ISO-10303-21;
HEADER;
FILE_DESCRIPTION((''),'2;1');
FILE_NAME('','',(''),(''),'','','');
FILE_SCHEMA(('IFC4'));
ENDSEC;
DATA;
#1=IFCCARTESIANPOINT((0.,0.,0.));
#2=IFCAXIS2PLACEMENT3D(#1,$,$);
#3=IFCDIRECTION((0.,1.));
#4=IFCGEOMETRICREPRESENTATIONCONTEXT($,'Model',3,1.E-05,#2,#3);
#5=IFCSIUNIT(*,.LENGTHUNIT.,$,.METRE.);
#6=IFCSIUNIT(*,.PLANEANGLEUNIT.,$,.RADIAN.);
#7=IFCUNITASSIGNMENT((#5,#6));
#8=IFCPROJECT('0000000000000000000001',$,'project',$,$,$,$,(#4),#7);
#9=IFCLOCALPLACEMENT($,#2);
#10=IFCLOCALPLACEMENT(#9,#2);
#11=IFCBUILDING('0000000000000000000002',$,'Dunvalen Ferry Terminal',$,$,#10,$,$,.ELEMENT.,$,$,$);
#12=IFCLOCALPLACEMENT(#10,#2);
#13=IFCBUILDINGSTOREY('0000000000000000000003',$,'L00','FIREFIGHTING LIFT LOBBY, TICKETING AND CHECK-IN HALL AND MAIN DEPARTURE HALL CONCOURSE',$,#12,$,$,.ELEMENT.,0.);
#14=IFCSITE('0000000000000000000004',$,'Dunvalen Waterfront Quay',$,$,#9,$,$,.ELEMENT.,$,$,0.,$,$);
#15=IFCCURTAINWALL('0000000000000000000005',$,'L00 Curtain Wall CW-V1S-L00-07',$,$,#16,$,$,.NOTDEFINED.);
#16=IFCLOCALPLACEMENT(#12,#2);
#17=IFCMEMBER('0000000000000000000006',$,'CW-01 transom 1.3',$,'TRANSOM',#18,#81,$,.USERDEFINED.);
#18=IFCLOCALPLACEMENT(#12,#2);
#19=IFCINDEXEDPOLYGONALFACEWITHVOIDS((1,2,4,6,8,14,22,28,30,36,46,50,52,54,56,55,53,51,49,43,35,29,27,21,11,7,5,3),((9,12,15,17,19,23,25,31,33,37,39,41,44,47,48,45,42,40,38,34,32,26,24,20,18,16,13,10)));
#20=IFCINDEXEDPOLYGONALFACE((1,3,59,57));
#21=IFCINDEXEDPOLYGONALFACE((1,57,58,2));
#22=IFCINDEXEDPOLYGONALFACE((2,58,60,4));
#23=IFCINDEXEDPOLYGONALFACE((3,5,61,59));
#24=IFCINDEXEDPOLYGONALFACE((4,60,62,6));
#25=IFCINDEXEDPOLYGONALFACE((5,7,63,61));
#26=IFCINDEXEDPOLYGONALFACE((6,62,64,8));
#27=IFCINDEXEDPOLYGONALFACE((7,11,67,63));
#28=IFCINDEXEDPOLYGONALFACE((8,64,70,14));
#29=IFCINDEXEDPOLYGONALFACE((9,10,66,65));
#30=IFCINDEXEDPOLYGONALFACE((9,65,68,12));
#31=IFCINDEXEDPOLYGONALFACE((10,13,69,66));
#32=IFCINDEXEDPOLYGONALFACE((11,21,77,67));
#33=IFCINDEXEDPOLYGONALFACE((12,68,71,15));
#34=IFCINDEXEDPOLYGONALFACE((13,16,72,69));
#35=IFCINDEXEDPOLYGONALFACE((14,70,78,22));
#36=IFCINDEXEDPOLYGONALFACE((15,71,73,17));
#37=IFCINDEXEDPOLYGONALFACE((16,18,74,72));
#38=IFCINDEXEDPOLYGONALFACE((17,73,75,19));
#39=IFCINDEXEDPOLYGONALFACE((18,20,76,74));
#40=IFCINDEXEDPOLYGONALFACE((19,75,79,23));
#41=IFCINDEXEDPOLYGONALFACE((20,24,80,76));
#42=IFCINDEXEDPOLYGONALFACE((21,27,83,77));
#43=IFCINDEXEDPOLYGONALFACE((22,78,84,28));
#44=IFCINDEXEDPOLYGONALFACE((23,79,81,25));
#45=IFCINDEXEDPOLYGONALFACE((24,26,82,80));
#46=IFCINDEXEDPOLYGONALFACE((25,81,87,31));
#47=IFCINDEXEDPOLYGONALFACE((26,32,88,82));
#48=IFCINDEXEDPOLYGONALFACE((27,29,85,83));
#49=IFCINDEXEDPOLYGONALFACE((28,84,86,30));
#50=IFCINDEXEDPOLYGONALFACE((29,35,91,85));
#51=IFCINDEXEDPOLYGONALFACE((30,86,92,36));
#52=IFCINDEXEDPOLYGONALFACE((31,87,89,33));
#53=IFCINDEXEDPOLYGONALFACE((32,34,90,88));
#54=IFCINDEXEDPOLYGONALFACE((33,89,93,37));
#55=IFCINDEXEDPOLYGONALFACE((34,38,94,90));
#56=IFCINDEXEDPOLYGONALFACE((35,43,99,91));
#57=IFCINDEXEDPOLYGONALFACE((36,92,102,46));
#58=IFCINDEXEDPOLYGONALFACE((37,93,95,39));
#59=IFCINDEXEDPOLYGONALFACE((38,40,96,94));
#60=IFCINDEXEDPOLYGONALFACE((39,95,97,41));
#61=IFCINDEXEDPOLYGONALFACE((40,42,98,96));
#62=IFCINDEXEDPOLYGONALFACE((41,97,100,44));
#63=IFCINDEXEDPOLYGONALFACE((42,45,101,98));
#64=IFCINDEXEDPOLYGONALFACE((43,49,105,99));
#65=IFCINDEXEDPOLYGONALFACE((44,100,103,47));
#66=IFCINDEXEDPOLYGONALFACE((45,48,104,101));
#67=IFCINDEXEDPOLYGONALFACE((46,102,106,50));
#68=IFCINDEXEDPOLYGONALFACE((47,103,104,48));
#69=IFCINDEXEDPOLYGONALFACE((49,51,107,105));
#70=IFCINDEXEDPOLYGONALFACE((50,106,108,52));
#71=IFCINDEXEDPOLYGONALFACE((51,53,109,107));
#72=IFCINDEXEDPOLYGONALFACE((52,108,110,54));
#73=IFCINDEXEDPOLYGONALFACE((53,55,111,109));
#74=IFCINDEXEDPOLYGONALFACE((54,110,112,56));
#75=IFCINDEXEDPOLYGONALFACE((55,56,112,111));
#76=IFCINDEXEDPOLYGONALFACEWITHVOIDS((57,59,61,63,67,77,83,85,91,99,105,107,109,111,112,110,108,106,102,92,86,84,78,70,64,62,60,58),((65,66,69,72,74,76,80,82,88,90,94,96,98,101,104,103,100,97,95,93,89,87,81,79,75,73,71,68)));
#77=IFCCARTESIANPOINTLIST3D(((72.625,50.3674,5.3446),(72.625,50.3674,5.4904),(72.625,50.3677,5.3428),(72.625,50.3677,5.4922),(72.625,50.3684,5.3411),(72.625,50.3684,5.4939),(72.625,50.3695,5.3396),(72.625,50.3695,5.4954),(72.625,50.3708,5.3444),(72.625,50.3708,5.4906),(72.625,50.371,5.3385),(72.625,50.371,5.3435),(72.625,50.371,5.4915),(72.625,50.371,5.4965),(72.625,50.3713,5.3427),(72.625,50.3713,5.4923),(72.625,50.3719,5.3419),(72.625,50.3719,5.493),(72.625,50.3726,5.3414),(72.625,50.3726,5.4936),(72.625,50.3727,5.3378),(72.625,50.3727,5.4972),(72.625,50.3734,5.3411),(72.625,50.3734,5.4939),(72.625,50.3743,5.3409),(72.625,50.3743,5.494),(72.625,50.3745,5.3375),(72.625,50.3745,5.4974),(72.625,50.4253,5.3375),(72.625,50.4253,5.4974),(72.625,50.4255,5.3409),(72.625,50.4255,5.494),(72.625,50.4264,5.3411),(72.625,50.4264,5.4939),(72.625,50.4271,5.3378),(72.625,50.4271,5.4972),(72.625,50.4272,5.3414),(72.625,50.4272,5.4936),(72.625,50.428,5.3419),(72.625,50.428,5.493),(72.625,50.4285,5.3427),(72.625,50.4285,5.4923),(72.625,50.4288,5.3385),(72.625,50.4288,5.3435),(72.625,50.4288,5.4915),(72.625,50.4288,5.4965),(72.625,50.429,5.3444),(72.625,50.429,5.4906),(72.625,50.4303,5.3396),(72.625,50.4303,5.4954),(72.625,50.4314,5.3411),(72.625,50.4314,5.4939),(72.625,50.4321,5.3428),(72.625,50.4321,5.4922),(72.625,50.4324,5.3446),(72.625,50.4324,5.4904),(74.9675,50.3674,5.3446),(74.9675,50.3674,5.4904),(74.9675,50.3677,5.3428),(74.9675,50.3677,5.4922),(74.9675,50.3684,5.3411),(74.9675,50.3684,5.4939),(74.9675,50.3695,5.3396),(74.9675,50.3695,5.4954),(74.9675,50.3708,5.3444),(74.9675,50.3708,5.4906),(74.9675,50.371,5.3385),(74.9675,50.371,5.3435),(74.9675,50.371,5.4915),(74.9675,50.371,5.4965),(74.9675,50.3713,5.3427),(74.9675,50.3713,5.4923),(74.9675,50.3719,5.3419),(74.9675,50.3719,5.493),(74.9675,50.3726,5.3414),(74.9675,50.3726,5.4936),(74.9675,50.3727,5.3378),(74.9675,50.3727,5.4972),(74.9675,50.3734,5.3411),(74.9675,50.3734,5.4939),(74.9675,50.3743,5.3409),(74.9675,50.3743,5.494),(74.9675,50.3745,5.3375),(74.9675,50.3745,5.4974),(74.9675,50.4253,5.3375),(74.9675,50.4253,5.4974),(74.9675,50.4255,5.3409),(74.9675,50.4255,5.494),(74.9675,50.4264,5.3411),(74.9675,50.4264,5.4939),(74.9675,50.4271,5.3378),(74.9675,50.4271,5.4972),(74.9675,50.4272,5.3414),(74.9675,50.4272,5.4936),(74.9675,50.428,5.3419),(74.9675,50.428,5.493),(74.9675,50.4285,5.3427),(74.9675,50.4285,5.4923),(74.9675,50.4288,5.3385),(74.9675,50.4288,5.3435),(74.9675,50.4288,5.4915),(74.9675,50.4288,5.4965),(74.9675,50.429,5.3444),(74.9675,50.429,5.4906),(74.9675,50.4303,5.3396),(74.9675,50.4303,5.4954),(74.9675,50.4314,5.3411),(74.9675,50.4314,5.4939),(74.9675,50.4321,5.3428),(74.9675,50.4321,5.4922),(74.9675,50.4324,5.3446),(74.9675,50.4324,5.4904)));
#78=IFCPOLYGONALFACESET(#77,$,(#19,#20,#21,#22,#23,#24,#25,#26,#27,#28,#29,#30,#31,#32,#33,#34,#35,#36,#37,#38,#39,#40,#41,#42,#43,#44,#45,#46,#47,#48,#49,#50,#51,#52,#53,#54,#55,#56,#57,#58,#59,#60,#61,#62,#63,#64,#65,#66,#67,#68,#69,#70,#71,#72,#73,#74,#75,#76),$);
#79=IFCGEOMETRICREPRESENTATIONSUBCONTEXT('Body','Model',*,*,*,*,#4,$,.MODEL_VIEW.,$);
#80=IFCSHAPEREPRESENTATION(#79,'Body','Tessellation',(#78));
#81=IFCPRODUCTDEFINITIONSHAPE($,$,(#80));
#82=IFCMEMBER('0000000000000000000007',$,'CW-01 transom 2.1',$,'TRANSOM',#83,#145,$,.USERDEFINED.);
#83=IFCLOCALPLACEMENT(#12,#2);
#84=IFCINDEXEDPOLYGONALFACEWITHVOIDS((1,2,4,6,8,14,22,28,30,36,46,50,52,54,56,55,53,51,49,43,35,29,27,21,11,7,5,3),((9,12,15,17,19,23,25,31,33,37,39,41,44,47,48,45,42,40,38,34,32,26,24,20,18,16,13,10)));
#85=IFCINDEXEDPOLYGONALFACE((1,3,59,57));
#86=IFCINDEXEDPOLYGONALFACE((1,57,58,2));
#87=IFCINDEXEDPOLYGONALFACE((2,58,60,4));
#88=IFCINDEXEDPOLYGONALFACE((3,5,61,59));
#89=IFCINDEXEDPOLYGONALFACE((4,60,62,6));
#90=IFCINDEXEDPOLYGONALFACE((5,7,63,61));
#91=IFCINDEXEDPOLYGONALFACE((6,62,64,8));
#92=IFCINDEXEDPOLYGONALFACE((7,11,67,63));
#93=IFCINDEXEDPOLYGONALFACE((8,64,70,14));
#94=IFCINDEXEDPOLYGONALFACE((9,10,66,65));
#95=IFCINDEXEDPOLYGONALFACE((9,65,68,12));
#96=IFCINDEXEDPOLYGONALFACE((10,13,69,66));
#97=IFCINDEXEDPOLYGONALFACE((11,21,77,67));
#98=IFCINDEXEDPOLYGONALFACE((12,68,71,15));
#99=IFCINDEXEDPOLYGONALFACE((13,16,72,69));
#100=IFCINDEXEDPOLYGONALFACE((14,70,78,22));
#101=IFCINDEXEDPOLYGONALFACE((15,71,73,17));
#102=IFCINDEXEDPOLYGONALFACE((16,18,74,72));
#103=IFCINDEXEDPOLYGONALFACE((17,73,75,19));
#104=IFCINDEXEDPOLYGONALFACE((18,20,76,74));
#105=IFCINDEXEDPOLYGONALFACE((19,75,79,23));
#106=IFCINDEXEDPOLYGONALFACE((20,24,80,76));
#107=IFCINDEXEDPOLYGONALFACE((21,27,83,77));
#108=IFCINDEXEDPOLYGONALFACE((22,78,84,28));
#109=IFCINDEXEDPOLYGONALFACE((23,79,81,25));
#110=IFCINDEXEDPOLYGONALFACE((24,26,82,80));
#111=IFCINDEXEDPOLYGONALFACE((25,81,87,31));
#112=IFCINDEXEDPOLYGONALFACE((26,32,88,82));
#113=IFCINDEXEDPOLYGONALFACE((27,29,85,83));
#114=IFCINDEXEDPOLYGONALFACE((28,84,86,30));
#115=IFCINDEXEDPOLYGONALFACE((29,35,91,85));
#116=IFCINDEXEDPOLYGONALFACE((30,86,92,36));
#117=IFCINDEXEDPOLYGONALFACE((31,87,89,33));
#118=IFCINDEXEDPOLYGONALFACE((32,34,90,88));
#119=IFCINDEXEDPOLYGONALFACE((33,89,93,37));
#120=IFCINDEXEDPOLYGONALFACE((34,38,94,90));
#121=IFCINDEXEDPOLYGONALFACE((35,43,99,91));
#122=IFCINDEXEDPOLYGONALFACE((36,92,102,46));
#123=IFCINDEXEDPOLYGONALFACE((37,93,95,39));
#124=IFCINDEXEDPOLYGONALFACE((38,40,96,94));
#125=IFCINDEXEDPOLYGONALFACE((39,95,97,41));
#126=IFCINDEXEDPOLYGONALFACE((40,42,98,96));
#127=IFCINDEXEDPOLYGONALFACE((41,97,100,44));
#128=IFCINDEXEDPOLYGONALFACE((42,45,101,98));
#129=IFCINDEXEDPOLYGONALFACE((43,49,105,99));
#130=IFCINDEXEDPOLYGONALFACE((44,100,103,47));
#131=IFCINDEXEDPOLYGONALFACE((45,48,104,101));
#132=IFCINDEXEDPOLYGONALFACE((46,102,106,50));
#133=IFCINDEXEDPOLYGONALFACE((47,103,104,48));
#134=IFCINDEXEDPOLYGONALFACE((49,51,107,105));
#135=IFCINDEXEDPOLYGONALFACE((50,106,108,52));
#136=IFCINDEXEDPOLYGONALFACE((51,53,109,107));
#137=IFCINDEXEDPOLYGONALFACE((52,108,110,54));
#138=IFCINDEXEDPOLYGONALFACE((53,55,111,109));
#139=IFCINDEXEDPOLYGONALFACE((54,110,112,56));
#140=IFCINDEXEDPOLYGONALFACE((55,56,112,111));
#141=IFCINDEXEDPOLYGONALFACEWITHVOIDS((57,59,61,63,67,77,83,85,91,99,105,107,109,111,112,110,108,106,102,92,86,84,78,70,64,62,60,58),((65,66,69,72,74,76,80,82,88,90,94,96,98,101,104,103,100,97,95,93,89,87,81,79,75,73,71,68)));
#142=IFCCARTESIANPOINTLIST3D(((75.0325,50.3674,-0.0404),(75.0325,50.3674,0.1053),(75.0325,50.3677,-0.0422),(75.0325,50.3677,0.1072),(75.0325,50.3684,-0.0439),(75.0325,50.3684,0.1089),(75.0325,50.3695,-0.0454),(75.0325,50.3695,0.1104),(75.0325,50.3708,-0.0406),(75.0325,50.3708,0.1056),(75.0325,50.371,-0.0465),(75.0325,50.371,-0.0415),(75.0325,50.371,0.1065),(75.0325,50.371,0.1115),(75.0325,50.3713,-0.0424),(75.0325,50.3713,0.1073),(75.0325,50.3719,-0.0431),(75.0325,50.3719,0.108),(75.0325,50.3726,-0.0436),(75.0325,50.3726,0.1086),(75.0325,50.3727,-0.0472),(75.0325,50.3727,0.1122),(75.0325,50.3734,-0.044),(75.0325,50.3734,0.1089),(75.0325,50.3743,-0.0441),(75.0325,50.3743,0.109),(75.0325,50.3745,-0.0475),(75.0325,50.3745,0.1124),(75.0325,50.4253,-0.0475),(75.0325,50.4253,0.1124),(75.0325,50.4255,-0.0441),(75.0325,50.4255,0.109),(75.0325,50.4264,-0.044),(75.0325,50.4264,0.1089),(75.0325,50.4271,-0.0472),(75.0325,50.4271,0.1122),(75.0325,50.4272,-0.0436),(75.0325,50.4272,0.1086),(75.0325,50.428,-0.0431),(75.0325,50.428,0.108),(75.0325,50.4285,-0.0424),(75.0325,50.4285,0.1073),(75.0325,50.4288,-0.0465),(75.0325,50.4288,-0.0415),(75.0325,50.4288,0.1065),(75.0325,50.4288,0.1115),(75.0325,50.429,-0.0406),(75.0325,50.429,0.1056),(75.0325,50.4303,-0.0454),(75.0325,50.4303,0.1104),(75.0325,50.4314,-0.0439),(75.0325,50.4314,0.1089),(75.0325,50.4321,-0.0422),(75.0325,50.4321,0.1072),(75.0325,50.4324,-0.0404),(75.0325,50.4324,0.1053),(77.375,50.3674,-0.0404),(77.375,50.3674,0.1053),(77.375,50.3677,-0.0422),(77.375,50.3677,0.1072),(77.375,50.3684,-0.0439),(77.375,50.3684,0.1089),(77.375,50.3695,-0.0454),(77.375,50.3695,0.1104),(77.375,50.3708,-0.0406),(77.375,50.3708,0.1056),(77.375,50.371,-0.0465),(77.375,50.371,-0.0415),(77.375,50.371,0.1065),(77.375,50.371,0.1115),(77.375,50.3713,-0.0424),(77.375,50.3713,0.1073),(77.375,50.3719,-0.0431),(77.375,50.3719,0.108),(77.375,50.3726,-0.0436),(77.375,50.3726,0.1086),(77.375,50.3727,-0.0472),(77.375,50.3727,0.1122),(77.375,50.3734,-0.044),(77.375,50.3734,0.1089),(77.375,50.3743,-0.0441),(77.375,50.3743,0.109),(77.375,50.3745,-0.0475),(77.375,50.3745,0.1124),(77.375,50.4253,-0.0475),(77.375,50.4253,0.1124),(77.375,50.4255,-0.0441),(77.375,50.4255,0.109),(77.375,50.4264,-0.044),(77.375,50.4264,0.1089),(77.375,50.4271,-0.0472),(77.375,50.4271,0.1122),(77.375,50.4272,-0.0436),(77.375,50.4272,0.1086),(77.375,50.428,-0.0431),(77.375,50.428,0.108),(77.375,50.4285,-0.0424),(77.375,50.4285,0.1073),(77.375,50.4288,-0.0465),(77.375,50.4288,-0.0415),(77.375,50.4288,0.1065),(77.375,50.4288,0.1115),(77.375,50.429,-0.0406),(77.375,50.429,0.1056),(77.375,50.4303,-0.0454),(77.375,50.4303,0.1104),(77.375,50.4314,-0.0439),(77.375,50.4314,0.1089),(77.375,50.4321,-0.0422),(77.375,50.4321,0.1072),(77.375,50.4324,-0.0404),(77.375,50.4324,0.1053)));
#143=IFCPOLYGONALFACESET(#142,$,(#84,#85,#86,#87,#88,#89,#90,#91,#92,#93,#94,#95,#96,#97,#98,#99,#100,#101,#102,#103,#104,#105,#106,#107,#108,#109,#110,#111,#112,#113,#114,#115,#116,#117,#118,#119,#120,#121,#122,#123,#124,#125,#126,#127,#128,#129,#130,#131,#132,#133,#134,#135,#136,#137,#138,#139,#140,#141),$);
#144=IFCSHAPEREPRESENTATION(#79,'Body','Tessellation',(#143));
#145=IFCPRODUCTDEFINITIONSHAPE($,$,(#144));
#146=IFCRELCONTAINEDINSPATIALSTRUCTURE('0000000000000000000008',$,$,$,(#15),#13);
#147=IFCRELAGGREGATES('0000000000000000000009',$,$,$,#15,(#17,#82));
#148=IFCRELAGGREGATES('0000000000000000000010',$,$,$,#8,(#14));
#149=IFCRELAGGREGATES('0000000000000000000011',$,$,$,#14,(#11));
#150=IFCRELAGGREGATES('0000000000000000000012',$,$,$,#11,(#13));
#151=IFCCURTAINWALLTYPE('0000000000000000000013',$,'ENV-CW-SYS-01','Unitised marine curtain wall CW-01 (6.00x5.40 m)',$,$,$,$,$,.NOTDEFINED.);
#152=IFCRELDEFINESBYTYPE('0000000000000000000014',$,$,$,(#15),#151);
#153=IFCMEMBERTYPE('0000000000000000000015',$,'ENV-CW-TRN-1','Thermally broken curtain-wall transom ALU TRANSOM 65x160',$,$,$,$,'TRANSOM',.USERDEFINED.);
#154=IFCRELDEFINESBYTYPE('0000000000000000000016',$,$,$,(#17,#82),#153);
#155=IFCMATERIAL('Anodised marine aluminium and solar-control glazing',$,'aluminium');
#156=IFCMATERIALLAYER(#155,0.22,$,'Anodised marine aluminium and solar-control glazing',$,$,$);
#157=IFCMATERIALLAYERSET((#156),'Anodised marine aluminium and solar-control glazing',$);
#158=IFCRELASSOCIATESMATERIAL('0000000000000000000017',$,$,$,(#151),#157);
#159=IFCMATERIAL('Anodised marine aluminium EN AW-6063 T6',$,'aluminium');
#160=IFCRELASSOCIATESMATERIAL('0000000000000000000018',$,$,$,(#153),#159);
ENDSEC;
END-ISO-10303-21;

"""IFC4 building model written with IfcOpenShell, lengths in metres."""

from ifc_helpers import new_model, si_unit, direction, frame, origin, origin_2d, place, context, subcontext, project, spatial, hollow_rectangle, extrude, material, layer, layer_set, material_profile, profile_set, type_object, element, aggregate, save


model = new_model("IFC4")

# Units and contexts
model_context = context("Model", 3, precision=1e-05, world=origin(), true_north=direction((0.0, 1.0)))
body_context = subcontext(model_context, "Body", "Model", "MODEL_VIEW")
ifc_project = project(units=[si_unit("LENGTHUNIT", "METRE"), si_unit("PLANEANGLEUNIT", "RADIAN")], contexts=[model_context])

# Site, building, storey
site_placement = place(None, origin())
site = spatial("IfcSite", under=ifc_project, at=site_placement, Name="Dunvalen Waterfront Quay", CompositionType="ELEMENT", RefElevation=0.0)
building_placement = place(site_placement, origin())
building = spatial("IfcBuilding", under=site, at=building_placement, Name="Dunvalen Ferry Terminal", CompositionType="ELEMENT")
storey_placement = place(building_placement, origin())
storey = spatial("IfcBuildingStorey", under=building, at=storey_placement, Name="L00", Description="FIREFIGHTING LIFT LOBBY, TICKETING AND CHECK-IN HALL AND MAIN DEPARTURE HALL CONCOURSE", CompositionType="ELEMENT", Elevation=0.0)

# Shared definitions
ifc_material_1 = material(Name="Anodised marine aluminium and solar-control glazing", Category="aluminium")
ifc_layer_1 = layer(ifc_material_1, 0.22, Name="Anodised marine aluminium and solar-control glazing")
ifc_layer_set_1 = layer_set([ifc_layer_1], Name="Anodised marine aluminium and solar-control glazing")
curtain_wall_type = type_object("IfcCurtainWallType", Name="ENV-CW-SYS-01", Description="Unitised marine curtain wall CW-01 (6.00x5.40 m)", PredefinedType="NOTDEFINED", material=ifc_layer_set_1)
ifc_material_2 = material(Name="Anodised marine aluminium EN AW-6063 T6", Category="aluminium")

# Curtain wall, members
curtain_wall_1_placement = place(storey_placement, origin())
curtain_wall_1 = element("IfcCurtainWall", 1, at=curtain_wall_1_placement, inside=storey, type_object=curtain_wall_type, Name="L00 Curtain Wall CW-V1S-L00-07", PredefinedType="NOTDEFINED")
ifc_material_profile_1 = material_profile(ifc_material_2, hollow_rectangle(XDim=0.0649, YDim=0.1599, WallThickness=0.0034, InnerFilletRadius=0.0034, OuterFilletRadius=0.0071, at=origin_2d()), Name="Anodised marine aluminium EN AW-6063 T6")
ifc_profile_set_1 = profile_set([ifc_material_profile_1], Name="Anodised marine aluminium EN AW-6063 T6")
member_type_1 = type_object("IfcMemberType", Name="ENV-CW-TRN-1", Description="Thermally broken curtain-wall transom ALU TRANSOM 65x160", ElementType="TRANSOM", PredefinedType="USERDEFINED", material=ifc_profile_set_1)
member_1_placement = place(storey_placement, frame((72.625, 50.3999, 5.4175), z_axis=(1.0, 0.0, 0.0), x_axis=(0.0, 1.0, 0.0)))
member_1 = element("IfcMember", 2, at=member_1_placement, type_object=member_type_1, Name="CW-01 transom 1.3", ObjectType="TRANSOM", PredefinedType="USERDEFINED", context=body_context, shape_type="SweptSolid", body=[
    extrude(hollow_rectangle(XDim=0.0649, YDim=0.1599, WallThickness=0.0034, InnerFilletRadius=0.0034, OuterFilletRadius=0.0071, at=origin_2d()), origin(), (0.0, 0.0, 1.0), 2.3425),
])
member_2_placement = place(storey_placement, frame((75.0325, 50.3999, 0.0325), z_axis=(1.0, 0.0, 0.0), x_axis=(0.0, 1.0, 0.0)))
member_2 = element("IfcMember", 3, at=member_2_placement, type_object=member_type_1, Name="CW-01 transom 2.1", ObjectType="TRANSOM", PredefinedType="USERDEFINED", context=body_context, shape_type="SweptSolid", body=[
    extrude(hollow_rectangle(XDim=0.0649, YDim=0.1599, WallThickness=0.0034, InnerFilletRadius=0.0034, OuterFilletRadius=0.0071, at=origin_2d()), origin(), (0.0, 0.0, 1.0), 2.3425),
])

aggregate(curtain_wall_1, [member_1, member_2])

save(model, "model.ifc")
